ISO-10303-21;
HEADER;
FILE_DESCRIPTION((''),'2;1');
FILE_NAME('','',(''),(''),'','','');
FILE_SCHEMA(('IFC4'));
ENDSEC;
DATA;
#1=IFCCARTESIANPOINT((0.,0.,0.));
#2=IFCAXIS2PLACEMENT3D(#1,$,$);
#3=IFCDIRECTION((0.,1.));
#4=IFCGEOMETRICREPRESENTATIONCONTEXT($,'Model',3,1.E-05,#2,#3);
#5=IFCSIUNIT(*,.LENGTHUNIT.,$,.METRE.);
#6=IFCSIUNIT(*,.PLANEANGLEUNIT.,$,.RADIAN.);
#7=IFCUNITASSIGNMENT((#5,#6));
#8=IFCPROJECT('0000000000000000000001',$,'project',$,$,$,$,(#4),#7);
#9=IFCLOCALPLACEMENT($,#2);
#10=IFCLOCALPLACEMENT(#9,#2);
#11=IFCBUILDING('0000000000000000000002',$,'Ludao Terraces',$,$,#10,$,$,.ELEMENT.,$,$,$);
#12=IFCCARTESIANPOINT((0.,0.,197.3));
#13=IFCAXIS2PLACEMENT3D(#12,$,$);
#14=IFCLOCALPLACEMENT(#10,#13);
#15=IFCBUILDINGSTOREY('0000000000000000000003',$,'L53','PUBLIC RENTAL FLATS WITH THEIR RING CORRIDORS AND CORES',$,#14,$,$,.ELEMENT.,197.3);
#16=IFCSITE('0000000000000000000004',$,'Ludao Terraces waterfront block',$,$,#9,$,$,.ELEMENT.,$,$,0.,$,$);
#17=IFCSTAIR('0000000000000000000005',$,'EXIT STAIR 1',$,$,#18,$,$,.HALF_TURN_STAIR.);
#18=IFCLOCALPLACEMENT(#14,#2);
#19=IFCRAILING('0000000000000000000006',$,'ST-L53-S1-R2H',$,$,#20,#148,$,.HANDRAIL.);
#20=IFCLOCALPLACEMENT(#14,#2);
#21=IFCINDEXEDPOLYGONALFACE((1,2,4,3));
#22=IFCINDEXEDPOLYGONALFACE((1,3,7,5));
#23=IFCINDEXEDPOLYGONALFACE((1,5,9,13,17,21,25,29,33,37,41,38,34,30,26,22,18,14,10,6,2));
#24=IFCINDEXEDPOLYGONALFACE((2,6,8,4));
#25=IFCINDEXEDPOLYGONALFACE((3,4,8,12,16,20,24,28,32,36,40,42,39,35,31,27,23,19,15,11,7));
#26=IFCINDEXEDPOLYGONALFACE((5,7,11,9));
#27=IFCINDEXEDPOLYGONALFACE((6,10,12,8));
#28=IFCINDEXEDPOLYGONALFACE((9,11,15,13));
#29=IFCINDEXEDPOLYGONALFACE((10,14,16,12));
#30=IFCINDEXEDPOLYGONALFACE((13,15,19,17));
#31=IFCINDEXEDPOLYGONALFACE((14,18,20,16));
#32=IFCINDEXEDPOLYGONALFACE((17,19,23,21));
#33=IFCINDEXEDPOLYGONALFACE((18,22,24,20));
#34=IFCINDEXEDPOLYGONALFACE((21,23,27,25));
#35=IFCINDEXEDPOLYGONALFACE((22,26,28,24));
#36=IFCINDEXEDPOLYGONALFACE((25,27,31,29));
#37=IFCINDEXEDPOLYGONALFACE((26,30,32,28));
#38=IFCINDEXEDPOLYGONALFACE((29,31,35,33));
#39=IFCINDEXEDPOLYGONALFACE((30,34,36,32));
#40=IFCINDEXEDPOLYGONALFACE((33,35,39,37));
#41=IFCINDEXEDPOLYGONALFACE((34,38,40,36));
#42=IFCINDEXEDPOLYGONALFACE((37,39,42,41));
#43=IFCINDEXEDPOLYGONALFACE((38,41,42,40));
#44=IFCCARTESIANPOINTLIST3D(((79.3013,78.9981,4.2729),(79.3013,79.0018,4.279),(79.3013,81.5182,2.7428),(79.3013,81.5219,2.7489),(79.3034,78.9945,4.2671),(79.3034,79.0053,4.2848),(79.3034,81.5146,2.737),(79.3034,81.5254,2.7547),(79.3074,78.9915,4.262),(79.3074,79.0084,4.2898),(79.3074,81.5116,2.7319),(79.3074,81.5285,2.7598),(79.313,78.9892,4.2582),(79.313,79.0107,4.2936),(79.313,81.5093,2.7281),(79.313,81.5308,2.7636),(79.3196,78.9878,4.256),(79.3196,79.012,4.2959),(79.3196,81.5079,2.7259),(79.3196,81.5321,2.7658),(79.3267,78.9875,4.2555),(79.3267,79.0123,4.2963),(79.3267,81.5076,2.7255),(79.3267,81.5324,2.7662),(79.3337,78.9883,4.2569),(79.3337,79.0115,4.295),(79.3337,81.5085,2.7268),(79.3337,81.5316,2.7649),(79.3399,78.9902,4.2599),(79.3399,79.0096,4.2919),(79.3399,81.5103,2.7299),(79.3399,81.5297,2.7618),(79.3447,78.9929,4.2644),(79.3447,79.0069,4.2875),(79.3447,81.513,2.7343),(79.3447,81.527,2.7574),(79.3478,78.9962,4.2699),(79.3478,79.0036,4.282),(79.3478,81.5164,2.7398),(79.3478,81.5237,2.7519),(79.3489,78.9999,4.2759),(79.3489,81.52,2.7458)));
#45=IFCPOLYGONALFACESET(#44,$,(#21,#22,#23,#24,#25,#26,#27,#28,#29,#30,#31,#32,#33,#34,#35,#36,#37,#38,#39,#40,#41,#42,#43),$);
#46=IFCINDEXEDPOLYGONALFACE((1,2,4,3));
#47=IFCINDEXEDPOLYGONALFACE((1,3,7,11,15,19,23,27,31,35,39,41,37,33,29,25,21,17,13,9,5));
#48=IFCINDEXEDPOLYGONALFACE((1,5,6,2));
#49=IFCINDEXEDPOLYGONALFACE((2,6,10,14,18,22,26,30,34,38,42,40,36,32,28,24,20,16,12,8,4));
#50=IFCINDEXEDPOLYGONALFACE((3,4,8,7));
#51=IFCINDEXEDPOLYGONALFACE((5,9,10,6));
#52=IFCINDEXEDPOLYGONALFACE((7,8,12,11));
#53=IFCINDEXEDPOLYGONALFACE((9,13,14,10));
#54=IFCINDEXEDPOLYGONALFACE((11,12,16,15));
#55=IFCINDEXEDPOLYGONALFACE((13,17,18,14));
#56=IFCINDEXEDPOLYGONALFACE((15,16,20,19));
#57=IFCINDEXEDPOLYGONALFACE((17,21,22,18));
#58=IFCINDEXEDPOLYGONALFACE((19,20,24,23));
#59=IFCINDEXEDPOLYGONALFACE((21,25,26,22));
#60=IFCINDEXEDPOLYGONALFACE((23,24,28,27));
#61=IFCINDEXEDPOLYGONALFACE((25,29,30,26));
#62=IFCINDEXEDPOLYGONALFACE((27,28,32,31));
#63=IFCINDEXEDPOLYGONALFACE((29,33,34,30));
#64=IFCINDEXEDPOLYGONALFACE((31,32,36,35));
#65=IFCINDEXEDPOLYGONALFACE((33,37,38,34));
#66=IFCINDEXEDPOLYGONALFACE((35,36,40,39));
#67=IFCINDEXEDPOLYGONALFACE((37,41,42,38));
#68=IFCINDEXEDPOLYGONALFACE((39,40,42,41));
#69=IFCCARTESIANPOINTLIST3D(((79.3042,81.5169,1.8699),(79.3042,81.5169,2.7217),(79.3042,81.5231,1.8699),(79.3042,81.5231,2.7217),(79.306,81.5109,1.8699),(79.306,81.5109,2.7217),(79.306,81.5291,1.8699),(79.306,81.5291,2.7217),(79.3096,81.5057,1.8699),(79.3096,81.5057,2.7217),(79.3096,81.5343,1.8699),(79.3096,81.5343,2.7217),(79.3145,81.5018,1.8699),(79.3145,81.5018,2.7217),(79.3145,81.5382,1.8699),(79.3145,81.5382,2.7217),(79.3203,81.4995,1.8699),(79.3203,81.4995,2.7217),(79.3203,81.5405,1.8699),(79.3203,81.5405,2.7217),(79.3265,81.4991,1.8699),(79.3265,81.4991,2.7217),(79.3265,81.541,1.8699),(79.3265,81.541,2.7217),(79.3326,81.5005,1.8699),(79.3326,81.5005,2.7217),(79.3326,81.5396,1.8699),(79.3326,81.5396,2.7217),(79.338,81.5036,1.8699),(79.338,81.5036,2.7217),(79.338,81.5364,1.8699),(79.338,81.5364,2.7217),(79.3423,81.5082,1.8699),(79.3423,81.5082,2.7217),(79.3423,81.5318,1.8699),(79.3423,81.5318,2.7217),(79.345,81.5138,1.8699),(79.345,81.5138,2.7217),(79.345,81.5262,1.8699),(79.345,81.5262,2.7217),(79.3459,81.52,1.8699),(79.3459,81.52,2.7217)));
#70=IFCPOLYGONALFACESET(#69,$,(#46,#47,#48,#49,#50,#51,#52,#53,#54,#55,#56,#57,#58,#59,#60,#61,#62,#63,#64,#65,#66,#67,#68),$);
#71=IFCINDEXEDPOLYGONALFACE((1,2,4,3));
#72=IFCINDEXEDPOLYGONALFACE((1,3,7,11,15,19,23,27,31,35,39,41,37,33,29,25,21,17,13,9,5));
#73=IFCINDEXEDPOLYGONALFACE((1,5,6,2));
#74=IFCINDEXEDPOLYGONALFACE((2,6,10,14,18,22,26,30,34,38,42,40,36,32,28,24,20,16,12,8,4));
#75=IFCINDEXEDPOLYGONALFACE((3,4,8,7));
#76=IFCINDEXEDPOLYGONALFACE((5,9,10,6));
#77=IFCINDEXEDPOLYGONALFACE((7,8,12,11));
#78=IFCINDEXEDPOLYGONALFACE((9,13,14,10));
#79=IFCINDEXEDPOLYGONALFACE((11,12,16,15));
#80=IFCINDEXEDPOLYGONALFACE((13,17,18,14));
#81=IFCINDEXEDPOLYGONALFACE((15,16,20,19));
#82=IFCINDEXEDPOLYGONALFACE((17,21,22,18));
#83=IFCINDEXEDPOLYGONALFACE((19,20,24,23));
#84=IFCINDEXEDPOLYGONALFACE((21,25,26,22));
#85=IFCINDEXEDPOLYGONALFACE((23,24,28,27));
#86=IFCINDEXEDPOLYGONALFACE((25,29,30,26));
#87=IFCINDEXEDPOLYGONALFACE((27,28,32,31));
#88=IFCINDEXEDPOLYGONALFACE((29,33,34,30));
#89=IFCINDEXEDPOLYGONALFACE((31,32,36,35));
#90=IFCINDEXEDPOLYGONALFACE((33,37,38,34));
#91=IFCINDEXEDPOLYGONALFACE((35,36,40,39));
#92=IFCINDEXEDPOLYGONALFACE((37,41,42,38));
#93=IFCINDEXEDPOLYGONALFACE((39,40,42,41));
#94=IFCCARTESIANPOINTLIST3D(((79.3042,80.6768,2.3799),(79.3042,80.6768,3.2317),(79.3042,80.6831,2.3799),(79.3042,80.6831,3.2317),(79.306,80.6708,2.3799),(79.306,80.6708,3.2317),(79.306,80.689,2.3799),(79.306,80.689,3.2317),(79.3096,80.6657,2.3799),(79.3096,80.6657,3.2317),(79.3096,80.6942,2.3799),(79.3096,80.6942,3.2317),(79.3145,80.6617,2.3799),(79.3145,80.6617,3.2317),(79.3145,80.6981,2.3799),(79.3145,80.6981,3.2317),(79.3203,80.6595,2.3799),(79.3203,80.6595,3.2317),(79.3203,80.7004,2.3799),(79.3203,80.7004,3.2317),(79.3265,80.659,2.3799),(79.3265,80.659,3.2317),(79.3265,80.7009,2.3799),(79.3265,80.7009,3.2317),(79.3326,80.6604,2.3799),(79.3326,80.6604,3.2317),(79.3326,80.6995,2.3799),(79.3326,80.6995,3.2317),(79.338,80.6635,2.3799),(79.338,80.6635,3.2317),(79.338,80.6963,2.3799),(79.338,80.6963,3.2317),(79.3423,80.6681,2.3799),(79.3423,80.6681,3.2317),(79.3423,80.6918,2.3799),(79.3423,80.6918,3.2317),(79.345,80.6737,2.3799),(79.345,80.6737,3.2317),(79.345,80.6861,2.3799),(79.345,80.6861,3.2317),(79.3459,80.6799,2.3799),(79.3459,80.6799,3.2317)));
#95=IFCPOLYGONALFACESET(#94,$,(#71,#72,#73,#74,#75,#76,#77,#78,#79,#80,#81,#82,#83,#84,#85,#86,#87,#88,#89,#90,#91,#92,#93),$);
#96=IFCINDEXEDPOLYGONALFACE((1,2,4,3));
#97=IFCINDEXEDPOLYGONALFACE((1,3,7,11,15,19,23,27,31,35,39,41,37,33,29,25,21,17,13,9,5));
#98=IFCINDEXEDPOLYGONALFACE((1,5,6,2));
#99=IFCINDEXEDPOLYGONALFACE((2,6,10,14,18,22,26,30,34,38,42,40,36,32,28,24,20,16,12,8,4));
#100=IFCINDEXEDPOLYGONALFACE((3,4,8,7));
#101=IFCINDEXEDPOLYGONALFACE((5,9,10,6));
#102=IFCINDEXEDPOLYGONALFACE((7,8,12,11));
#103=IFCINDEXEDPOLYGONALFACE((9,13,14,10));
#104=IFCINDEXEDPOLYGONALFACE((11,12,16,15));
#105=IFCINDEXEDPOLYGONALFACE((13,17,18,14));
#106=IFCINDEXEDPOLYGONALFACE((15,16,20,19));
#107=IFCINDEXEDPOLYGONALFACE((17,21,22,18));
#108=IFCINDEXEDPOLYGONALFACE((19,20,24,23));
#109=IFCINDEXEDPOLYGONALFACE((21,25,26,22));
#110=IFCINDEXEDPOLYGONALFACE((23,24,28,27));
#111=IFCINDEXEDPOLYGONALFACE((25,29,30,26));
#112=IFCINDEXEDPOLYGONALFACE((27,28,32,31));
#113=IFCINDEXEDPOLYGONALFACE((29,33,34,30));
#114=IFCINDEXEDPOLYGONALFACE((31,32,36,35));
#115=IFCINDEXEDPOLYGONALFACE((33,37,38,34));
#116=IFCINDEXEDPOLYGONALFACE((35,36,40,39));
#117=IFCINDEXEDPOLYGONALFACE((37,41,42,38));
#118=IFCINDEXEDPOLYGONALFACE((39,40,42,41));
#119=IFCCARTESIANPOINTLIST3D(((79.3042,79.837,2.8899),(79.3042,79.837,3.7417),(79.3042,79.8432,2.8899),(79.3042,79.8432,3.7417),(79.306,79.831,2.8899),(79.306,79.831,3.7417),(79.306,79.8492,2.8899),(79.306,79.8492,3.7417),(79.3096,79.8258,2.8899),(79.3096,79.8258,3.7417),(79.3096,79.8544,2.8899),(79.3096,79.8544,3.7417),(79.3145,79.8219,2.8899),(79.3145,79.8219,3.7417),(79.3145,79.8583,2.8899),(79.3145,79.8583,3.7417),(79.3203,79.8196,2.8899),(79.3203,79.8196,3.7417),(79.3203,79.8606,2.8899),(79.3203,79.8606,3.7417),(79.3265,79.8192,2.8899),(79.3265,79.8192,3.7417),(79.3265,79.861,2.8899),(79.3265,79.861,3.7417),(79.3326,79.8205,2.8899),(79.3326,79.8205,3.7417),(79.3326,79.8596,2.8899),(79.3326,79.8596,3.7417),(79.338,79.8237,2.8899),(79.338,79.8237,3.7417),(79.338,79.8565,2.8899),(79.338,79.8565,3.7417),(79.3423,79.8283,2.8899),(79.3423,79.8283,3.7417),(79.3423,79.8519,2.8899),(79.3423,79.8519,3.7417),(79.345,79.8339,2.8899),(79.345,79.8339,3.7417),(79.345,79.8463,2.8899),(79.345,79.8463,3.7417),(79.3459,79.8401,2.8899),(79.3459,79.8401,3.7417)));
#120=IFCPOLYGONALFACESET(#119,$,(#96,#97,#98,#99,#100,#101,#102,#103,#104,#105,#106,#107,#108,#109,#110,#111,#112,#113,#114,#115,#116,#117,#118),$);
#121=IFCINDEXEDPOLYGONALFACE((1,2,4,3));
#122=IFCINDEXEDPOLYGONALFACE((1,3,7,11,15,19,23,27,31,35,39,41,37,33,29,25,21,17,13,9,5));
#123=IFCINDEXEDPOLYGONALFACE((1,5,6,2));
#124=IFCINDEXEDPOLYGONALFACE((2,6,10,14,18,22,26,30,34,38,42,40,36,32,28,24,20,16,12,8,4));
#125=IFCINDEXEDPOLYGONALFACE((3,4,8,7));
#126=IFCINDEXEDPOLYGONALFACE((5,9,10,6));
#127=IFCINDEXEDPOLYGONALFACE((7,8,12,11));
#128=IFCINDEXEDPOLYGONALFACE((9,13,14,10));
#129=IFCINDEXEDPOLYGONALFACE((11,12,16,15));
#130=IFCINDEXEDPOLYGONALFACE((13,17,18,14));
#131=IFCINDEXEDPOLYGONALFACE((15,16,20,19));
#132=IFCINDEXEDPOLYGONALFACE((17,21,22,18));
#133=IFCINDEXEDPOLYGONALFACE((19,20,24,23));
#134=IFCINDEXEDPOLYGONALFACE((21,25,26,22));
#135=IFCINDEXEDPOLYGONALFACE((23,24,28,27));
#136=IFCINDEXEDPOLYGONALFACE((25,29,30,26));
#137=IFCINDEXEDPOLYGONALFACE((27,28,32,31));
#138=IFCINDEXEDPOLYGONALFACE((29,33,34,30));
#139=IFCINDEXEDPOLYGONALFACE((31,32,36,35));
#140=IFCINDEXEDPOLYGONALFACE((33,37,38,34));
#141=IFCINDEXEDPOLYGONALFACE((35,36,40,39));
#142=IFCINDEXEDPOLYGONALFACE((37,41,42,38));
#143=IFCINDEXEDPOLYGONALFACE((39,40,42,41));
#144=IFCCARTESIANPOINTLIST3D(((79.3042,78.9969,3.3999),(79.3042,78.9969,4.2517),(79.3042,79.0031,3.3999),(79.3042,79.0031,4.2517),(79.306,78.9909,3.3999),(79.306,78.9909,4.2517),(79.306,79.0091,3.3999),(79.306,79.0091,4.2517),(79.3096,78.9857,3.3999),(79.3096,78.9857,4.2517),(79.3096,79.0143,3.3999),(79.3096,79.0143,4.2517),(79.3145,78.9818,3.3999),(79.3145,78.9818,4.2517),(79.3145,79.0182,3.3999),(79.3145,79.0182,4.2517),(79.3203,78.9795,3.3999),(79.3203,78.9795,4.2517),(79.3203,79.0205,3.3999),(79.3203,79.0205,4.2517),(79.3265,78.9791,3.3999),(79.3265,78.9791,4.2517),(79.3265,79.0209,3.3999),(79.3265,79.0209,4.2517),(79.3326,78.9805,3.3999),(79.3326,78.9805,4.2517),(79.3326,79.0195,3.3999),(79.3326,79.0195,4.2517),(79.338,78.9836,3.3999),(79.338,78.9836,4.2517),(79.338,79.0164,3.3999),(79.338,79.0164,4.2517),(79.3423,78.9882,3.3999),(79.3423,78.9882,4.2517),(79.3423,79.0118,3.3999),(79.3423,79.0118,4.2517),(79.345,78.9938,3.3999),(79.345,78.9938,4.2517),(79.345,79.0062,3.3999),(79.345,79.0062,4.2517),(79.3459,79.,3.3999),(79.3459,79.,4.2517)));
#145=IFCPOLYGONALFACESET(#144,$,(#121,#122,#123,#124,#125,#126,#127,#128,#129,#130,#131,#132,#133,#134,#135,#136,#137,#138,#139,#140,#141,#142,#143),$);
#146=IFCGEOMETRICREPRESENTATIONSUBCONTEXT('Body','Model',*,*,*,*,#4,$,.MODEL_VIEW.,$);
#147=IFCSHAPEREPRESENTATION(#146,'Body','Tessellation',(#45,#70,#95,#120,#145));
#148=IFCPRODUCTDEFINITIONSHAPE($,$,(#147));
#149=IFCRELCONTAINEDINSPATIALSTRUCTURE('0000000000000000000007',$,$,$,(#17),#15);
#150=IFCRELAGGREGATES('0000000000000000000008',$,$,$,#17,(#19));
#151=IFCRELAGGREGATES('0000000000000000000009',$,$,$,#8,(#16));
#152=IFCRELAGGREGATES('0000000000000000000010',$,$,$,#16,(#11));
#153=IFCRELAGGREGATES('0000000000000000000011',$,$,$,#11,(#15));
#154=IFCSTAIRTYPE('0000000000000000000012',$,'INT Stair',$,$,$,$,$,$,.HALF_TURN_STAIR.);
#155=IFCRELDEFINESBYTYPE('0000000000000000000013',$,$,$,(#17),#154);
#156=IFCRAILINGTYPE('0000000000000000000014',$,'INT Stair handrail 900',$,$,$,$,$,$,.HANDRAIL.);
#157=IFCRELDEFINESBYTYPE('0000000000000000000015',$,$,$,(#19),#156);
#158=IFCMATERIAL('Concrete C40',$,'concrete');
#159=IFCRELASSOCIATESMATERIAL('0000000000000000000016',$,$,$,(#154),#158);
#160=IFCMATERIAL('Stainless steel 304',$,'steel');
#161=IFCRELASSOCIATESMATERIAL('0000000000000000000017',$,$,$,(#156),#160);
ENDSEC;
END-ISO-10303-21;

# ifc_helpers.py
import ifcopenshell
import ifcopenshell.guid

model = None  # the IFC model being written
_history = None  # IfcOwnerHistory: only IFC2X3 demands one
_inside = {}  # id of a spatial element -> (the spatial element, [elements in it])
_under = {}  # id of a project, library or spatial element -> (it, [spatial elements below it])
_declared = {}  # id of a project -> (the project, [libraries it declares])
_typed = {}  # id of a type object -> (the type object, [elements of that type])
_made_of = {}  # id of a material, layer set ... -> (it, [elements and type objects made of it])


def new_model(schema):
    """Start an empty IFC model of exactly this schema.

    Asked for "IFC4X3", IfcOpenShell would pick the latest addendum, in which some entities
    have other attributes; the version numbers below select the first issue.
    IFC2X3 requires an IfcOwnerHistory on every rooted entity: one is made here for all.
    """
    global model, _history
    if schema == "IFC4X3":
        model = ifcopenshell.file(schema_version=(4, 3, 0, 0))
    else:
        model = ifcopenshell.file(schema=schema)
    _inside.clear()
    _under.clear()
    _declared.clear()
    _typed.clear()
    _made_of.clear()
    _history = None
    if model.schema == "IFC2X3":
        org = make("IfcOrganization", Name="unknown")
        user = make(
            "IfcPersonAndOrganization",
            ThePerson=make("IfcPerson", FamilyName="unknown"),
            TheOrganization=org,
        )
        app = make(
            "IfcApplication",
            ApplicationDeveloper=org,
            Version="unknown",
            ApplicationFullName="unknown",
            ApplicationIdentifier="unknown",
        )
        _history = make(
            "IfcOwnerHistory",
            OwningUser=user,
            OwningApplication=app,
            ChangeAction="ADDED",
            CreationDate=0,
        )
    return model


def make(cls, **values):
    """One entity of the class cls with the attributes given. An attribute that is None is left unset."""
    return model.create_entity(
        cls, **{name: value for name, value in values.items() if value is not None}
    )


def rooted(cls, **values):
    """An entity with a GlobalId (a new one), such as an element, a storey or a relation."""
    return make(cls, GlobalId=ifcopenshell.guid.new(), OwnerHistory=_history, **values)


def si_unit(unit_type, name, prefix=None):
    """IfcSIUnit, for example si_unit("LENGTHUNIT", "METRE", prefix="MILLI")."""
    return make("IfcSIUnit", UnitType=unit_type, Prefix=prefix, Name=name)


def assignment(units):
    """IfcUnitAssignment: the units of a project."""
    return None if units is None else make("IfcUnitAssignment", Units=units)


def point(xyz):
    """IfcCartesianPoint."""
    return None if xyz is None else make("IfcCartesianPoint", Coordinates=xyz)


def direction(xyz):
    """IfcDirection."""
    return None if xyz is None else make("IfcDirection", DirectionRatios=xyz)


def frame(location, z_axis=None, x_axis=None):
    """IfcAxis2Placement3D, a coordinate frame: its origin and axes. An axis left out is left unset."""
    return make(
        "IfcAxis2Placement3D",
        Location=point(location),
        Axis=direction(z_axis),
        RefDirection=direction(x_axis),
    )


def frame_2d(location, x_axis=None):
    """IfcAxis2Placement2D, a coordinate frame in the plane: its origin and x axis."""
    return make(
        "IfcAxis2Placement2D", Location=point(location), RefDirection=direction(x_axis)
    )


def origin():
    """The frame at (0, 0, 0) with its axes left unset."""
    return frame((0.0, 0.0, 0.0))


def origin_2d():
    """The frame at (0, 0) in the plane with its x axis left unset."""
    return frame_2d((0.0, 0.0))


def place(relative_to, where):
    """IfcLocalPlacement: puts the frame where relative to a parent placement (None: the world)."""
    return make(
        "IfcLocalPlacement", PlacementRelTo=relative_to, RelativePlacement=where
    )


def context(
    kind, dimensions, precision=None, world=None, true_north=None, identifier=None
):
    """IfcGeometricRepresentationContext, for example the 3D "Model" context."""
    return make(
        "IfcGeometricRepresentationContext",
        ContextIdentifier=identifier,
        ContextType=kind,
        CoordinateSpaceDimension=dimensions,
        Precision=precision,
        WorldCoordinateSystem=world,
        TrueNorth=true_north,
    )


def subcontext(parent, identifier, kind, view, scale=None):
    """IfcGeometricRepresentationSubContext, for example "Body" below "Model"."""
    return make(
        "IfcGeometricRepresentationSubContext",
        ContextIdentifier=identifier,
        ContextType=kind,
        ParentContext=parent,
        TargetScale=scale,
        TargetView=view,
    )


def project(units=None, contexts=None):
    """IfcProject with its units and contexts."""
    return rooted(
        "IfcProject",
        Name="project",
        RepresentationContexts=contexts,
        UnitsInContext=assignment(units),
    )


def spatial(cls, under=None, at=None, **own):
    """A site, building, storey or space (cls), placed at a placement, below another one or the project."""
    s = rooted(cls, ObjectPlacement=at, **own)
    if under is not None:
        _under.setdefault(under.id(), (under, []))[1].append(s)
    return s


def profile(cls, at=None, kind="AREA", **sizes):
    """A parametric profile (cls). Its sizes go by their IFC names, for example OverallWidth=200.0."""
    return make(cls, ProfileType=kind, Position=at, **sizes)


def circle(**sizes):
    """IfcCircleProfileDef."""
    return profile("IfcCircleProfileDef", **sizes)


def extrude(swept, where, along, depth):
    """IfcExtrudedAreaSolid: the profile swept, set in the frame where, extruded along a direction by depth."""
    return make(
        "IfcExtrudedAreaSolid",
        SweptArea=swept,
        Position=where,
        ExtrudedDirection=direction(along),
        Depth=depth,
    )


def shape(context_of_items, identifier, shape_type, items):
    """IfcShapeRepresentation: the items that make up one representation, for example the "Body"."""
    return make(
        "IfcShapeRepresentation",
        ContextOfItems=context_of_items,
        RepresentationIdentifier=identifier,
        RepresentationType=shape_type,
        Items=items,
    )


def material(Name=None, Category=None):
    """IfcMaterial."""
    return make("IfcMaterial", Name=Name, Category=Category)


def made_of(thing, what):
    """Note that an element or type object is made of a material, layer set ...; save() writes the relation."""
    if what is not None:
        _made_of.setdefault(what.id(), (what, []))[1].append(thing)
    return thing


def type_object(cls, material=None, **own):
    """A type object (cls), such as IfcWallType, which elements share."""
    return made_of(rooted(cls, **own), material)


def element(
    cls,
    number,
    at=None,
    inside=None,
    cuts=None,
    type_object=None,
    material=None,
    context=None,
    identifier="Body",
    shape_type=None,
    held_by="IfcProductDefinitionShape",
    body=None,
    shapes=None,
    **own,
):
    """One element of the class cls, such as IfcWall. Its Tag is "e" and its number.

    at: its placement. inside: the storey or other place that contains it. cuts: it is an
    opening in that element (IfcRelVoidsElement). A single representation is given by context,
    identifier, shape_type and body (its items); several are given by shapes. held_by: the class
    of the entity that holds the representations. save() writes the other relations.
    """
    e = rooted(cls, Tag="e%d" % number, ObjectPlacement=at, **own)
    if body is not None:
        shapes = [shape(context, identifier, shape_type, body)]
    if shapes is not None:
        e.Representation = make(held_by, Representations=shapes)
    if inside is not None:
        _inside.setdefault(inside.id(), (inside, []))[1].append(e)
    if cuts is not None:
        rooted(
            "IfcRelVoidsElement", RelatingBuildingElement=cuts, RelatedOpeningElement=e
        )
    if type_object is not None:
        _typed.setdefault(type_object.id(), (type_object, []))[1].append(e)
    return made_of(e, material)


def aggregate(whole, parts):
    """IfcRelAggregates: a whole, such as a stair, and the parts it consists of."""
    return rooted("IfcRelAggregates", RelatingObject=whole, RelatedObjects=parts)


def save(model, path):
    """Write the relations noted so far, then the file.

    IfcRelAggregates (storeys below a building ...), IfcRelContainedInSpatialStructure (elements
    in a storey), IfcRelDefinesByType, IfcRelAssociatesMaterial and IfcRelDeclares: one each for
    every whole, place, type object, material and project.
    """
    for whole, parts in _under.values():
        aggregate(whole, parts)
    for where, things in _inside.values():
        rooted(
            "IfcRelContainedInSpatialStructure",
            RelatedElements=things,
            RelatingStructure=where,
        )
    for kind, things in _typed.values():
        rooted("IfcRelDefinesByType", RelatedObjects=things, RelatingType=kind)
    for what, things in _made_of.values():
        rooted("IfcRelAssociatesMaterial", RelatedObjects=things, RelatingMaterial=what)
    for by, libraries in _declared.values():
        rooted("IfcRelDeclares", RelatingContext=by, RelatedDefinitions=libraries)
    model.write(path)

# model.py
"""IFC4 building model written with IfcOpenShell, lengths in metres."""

from ifc_helpers import new_model, si_unit, direction, frame, origin, origin_2d, place, context, subcontext, project, spatial, circle, extrude, material, type_object, element, aggregate, save


model = new_model("IFC4")

# Units and contexts
model_context = context("Model", 3, precision=1e-05, world=origin(), true_north=direction((0.0, 1.0)))
body_context = subcontext(model_context, "Body", "Model", "MODEL_VIEW")
ifc_project = project(units=[si_unit("LENGTHUNIT", "METRE"), si_unit("PLANEANGLEUNIT", "RADIAN")], contexts=[model_context])

# Site, building, storey
site_placement = place(None, origin())
site = spatial("IfcSite", under=ifc_project, at=site_placement, Name="Ludao Terraces waterfront block", CompositionType="ELEMENT", RefElevation=0.0)
building_placement = place(site_placement, origin())
building = spatial("IfcBuilding", under=site, at=building_placement, Name="Ludao Terraces", CompositionType="ELEMENT")
storey_placement = place(building_placement, frame((0.0, 0.0, 197.3)))
storey = spatial("IfcBuildingStorey", under=building, at=storey_placement, Name="L53", Description="PUBLIC RENTAL FLATS WITH THEIR RING CORRIDORS AND CORES", CompositionType="ELEMENT", Elevation=197.3)

# Shared definitions
ifc_material_1 = material(Name="Concrete C40", Category="concrete")

# Stair, railing
stair_type = type_object("IfcStairType", Name="INT Stair", PredefinedType="HALF_TURN_STAIR", material=ifc_material_1)
stair_placement = place(storey_placement, origin())
stair = element("IfcStair", 1, at=stair_placement, inside=storey, type_object=stair_type, Name="EXIT STAIR 1", PredefinedType="HALF_TURN_STAIR")
ifc_material_2 = material(Name="Stainless steel 304", Category="steel")
railing_type_1 = type_object("IfcRailingType", Name="INT Stair handrail 900", PredefinedType="HANDRAIL", material=ifc_material_2)
railing_1_placement = place(storey_placement, frame((79.325, 81.52, 1.8699)))
railing_1 = element("IfcRailing", 2, at=railing_1_placement, type_object=railing_type_1, Name="ST-L53-S1-R2H", PredefinedType="HANDRAIL", context=body_context, shape_type="SweptSolid", body=[
    extrude(circle(Radius=0.0239, at=origin_2d()), frame((0.0, 0.0, 0.876), z_axis=(0.0, -0.854785, 0.518982), x_axis=(1.0, 0.0, 0.0)), (0.0, 0.0, 1.0), 2.9482),
    extrude(circle(Radius=0.021, at=origin_2d()), origin(), (0.0, 0.0, 1.0), 0.8518),
    extrude(circle(Radius=0.021, at=origin_2d()), frame((0.0, -0.8401, 0.51)), (0.0, 0.0, 1.0), 0.8518),
    extrude(circle(Radius=0.021, at=origin_2d()), frame((0.0, -1.6799, 1.02)), (0.0, 0.0, 1.0), 0.8518),
    extrude(circle(Radius=0.021, at=origin_2d()), frame((0.0, -2.52, 1.53)), (0.0, 0.0, 1.0), 0.8518),
])
aggregate(stair, [railing_1])

save(model, "model.ifc")
